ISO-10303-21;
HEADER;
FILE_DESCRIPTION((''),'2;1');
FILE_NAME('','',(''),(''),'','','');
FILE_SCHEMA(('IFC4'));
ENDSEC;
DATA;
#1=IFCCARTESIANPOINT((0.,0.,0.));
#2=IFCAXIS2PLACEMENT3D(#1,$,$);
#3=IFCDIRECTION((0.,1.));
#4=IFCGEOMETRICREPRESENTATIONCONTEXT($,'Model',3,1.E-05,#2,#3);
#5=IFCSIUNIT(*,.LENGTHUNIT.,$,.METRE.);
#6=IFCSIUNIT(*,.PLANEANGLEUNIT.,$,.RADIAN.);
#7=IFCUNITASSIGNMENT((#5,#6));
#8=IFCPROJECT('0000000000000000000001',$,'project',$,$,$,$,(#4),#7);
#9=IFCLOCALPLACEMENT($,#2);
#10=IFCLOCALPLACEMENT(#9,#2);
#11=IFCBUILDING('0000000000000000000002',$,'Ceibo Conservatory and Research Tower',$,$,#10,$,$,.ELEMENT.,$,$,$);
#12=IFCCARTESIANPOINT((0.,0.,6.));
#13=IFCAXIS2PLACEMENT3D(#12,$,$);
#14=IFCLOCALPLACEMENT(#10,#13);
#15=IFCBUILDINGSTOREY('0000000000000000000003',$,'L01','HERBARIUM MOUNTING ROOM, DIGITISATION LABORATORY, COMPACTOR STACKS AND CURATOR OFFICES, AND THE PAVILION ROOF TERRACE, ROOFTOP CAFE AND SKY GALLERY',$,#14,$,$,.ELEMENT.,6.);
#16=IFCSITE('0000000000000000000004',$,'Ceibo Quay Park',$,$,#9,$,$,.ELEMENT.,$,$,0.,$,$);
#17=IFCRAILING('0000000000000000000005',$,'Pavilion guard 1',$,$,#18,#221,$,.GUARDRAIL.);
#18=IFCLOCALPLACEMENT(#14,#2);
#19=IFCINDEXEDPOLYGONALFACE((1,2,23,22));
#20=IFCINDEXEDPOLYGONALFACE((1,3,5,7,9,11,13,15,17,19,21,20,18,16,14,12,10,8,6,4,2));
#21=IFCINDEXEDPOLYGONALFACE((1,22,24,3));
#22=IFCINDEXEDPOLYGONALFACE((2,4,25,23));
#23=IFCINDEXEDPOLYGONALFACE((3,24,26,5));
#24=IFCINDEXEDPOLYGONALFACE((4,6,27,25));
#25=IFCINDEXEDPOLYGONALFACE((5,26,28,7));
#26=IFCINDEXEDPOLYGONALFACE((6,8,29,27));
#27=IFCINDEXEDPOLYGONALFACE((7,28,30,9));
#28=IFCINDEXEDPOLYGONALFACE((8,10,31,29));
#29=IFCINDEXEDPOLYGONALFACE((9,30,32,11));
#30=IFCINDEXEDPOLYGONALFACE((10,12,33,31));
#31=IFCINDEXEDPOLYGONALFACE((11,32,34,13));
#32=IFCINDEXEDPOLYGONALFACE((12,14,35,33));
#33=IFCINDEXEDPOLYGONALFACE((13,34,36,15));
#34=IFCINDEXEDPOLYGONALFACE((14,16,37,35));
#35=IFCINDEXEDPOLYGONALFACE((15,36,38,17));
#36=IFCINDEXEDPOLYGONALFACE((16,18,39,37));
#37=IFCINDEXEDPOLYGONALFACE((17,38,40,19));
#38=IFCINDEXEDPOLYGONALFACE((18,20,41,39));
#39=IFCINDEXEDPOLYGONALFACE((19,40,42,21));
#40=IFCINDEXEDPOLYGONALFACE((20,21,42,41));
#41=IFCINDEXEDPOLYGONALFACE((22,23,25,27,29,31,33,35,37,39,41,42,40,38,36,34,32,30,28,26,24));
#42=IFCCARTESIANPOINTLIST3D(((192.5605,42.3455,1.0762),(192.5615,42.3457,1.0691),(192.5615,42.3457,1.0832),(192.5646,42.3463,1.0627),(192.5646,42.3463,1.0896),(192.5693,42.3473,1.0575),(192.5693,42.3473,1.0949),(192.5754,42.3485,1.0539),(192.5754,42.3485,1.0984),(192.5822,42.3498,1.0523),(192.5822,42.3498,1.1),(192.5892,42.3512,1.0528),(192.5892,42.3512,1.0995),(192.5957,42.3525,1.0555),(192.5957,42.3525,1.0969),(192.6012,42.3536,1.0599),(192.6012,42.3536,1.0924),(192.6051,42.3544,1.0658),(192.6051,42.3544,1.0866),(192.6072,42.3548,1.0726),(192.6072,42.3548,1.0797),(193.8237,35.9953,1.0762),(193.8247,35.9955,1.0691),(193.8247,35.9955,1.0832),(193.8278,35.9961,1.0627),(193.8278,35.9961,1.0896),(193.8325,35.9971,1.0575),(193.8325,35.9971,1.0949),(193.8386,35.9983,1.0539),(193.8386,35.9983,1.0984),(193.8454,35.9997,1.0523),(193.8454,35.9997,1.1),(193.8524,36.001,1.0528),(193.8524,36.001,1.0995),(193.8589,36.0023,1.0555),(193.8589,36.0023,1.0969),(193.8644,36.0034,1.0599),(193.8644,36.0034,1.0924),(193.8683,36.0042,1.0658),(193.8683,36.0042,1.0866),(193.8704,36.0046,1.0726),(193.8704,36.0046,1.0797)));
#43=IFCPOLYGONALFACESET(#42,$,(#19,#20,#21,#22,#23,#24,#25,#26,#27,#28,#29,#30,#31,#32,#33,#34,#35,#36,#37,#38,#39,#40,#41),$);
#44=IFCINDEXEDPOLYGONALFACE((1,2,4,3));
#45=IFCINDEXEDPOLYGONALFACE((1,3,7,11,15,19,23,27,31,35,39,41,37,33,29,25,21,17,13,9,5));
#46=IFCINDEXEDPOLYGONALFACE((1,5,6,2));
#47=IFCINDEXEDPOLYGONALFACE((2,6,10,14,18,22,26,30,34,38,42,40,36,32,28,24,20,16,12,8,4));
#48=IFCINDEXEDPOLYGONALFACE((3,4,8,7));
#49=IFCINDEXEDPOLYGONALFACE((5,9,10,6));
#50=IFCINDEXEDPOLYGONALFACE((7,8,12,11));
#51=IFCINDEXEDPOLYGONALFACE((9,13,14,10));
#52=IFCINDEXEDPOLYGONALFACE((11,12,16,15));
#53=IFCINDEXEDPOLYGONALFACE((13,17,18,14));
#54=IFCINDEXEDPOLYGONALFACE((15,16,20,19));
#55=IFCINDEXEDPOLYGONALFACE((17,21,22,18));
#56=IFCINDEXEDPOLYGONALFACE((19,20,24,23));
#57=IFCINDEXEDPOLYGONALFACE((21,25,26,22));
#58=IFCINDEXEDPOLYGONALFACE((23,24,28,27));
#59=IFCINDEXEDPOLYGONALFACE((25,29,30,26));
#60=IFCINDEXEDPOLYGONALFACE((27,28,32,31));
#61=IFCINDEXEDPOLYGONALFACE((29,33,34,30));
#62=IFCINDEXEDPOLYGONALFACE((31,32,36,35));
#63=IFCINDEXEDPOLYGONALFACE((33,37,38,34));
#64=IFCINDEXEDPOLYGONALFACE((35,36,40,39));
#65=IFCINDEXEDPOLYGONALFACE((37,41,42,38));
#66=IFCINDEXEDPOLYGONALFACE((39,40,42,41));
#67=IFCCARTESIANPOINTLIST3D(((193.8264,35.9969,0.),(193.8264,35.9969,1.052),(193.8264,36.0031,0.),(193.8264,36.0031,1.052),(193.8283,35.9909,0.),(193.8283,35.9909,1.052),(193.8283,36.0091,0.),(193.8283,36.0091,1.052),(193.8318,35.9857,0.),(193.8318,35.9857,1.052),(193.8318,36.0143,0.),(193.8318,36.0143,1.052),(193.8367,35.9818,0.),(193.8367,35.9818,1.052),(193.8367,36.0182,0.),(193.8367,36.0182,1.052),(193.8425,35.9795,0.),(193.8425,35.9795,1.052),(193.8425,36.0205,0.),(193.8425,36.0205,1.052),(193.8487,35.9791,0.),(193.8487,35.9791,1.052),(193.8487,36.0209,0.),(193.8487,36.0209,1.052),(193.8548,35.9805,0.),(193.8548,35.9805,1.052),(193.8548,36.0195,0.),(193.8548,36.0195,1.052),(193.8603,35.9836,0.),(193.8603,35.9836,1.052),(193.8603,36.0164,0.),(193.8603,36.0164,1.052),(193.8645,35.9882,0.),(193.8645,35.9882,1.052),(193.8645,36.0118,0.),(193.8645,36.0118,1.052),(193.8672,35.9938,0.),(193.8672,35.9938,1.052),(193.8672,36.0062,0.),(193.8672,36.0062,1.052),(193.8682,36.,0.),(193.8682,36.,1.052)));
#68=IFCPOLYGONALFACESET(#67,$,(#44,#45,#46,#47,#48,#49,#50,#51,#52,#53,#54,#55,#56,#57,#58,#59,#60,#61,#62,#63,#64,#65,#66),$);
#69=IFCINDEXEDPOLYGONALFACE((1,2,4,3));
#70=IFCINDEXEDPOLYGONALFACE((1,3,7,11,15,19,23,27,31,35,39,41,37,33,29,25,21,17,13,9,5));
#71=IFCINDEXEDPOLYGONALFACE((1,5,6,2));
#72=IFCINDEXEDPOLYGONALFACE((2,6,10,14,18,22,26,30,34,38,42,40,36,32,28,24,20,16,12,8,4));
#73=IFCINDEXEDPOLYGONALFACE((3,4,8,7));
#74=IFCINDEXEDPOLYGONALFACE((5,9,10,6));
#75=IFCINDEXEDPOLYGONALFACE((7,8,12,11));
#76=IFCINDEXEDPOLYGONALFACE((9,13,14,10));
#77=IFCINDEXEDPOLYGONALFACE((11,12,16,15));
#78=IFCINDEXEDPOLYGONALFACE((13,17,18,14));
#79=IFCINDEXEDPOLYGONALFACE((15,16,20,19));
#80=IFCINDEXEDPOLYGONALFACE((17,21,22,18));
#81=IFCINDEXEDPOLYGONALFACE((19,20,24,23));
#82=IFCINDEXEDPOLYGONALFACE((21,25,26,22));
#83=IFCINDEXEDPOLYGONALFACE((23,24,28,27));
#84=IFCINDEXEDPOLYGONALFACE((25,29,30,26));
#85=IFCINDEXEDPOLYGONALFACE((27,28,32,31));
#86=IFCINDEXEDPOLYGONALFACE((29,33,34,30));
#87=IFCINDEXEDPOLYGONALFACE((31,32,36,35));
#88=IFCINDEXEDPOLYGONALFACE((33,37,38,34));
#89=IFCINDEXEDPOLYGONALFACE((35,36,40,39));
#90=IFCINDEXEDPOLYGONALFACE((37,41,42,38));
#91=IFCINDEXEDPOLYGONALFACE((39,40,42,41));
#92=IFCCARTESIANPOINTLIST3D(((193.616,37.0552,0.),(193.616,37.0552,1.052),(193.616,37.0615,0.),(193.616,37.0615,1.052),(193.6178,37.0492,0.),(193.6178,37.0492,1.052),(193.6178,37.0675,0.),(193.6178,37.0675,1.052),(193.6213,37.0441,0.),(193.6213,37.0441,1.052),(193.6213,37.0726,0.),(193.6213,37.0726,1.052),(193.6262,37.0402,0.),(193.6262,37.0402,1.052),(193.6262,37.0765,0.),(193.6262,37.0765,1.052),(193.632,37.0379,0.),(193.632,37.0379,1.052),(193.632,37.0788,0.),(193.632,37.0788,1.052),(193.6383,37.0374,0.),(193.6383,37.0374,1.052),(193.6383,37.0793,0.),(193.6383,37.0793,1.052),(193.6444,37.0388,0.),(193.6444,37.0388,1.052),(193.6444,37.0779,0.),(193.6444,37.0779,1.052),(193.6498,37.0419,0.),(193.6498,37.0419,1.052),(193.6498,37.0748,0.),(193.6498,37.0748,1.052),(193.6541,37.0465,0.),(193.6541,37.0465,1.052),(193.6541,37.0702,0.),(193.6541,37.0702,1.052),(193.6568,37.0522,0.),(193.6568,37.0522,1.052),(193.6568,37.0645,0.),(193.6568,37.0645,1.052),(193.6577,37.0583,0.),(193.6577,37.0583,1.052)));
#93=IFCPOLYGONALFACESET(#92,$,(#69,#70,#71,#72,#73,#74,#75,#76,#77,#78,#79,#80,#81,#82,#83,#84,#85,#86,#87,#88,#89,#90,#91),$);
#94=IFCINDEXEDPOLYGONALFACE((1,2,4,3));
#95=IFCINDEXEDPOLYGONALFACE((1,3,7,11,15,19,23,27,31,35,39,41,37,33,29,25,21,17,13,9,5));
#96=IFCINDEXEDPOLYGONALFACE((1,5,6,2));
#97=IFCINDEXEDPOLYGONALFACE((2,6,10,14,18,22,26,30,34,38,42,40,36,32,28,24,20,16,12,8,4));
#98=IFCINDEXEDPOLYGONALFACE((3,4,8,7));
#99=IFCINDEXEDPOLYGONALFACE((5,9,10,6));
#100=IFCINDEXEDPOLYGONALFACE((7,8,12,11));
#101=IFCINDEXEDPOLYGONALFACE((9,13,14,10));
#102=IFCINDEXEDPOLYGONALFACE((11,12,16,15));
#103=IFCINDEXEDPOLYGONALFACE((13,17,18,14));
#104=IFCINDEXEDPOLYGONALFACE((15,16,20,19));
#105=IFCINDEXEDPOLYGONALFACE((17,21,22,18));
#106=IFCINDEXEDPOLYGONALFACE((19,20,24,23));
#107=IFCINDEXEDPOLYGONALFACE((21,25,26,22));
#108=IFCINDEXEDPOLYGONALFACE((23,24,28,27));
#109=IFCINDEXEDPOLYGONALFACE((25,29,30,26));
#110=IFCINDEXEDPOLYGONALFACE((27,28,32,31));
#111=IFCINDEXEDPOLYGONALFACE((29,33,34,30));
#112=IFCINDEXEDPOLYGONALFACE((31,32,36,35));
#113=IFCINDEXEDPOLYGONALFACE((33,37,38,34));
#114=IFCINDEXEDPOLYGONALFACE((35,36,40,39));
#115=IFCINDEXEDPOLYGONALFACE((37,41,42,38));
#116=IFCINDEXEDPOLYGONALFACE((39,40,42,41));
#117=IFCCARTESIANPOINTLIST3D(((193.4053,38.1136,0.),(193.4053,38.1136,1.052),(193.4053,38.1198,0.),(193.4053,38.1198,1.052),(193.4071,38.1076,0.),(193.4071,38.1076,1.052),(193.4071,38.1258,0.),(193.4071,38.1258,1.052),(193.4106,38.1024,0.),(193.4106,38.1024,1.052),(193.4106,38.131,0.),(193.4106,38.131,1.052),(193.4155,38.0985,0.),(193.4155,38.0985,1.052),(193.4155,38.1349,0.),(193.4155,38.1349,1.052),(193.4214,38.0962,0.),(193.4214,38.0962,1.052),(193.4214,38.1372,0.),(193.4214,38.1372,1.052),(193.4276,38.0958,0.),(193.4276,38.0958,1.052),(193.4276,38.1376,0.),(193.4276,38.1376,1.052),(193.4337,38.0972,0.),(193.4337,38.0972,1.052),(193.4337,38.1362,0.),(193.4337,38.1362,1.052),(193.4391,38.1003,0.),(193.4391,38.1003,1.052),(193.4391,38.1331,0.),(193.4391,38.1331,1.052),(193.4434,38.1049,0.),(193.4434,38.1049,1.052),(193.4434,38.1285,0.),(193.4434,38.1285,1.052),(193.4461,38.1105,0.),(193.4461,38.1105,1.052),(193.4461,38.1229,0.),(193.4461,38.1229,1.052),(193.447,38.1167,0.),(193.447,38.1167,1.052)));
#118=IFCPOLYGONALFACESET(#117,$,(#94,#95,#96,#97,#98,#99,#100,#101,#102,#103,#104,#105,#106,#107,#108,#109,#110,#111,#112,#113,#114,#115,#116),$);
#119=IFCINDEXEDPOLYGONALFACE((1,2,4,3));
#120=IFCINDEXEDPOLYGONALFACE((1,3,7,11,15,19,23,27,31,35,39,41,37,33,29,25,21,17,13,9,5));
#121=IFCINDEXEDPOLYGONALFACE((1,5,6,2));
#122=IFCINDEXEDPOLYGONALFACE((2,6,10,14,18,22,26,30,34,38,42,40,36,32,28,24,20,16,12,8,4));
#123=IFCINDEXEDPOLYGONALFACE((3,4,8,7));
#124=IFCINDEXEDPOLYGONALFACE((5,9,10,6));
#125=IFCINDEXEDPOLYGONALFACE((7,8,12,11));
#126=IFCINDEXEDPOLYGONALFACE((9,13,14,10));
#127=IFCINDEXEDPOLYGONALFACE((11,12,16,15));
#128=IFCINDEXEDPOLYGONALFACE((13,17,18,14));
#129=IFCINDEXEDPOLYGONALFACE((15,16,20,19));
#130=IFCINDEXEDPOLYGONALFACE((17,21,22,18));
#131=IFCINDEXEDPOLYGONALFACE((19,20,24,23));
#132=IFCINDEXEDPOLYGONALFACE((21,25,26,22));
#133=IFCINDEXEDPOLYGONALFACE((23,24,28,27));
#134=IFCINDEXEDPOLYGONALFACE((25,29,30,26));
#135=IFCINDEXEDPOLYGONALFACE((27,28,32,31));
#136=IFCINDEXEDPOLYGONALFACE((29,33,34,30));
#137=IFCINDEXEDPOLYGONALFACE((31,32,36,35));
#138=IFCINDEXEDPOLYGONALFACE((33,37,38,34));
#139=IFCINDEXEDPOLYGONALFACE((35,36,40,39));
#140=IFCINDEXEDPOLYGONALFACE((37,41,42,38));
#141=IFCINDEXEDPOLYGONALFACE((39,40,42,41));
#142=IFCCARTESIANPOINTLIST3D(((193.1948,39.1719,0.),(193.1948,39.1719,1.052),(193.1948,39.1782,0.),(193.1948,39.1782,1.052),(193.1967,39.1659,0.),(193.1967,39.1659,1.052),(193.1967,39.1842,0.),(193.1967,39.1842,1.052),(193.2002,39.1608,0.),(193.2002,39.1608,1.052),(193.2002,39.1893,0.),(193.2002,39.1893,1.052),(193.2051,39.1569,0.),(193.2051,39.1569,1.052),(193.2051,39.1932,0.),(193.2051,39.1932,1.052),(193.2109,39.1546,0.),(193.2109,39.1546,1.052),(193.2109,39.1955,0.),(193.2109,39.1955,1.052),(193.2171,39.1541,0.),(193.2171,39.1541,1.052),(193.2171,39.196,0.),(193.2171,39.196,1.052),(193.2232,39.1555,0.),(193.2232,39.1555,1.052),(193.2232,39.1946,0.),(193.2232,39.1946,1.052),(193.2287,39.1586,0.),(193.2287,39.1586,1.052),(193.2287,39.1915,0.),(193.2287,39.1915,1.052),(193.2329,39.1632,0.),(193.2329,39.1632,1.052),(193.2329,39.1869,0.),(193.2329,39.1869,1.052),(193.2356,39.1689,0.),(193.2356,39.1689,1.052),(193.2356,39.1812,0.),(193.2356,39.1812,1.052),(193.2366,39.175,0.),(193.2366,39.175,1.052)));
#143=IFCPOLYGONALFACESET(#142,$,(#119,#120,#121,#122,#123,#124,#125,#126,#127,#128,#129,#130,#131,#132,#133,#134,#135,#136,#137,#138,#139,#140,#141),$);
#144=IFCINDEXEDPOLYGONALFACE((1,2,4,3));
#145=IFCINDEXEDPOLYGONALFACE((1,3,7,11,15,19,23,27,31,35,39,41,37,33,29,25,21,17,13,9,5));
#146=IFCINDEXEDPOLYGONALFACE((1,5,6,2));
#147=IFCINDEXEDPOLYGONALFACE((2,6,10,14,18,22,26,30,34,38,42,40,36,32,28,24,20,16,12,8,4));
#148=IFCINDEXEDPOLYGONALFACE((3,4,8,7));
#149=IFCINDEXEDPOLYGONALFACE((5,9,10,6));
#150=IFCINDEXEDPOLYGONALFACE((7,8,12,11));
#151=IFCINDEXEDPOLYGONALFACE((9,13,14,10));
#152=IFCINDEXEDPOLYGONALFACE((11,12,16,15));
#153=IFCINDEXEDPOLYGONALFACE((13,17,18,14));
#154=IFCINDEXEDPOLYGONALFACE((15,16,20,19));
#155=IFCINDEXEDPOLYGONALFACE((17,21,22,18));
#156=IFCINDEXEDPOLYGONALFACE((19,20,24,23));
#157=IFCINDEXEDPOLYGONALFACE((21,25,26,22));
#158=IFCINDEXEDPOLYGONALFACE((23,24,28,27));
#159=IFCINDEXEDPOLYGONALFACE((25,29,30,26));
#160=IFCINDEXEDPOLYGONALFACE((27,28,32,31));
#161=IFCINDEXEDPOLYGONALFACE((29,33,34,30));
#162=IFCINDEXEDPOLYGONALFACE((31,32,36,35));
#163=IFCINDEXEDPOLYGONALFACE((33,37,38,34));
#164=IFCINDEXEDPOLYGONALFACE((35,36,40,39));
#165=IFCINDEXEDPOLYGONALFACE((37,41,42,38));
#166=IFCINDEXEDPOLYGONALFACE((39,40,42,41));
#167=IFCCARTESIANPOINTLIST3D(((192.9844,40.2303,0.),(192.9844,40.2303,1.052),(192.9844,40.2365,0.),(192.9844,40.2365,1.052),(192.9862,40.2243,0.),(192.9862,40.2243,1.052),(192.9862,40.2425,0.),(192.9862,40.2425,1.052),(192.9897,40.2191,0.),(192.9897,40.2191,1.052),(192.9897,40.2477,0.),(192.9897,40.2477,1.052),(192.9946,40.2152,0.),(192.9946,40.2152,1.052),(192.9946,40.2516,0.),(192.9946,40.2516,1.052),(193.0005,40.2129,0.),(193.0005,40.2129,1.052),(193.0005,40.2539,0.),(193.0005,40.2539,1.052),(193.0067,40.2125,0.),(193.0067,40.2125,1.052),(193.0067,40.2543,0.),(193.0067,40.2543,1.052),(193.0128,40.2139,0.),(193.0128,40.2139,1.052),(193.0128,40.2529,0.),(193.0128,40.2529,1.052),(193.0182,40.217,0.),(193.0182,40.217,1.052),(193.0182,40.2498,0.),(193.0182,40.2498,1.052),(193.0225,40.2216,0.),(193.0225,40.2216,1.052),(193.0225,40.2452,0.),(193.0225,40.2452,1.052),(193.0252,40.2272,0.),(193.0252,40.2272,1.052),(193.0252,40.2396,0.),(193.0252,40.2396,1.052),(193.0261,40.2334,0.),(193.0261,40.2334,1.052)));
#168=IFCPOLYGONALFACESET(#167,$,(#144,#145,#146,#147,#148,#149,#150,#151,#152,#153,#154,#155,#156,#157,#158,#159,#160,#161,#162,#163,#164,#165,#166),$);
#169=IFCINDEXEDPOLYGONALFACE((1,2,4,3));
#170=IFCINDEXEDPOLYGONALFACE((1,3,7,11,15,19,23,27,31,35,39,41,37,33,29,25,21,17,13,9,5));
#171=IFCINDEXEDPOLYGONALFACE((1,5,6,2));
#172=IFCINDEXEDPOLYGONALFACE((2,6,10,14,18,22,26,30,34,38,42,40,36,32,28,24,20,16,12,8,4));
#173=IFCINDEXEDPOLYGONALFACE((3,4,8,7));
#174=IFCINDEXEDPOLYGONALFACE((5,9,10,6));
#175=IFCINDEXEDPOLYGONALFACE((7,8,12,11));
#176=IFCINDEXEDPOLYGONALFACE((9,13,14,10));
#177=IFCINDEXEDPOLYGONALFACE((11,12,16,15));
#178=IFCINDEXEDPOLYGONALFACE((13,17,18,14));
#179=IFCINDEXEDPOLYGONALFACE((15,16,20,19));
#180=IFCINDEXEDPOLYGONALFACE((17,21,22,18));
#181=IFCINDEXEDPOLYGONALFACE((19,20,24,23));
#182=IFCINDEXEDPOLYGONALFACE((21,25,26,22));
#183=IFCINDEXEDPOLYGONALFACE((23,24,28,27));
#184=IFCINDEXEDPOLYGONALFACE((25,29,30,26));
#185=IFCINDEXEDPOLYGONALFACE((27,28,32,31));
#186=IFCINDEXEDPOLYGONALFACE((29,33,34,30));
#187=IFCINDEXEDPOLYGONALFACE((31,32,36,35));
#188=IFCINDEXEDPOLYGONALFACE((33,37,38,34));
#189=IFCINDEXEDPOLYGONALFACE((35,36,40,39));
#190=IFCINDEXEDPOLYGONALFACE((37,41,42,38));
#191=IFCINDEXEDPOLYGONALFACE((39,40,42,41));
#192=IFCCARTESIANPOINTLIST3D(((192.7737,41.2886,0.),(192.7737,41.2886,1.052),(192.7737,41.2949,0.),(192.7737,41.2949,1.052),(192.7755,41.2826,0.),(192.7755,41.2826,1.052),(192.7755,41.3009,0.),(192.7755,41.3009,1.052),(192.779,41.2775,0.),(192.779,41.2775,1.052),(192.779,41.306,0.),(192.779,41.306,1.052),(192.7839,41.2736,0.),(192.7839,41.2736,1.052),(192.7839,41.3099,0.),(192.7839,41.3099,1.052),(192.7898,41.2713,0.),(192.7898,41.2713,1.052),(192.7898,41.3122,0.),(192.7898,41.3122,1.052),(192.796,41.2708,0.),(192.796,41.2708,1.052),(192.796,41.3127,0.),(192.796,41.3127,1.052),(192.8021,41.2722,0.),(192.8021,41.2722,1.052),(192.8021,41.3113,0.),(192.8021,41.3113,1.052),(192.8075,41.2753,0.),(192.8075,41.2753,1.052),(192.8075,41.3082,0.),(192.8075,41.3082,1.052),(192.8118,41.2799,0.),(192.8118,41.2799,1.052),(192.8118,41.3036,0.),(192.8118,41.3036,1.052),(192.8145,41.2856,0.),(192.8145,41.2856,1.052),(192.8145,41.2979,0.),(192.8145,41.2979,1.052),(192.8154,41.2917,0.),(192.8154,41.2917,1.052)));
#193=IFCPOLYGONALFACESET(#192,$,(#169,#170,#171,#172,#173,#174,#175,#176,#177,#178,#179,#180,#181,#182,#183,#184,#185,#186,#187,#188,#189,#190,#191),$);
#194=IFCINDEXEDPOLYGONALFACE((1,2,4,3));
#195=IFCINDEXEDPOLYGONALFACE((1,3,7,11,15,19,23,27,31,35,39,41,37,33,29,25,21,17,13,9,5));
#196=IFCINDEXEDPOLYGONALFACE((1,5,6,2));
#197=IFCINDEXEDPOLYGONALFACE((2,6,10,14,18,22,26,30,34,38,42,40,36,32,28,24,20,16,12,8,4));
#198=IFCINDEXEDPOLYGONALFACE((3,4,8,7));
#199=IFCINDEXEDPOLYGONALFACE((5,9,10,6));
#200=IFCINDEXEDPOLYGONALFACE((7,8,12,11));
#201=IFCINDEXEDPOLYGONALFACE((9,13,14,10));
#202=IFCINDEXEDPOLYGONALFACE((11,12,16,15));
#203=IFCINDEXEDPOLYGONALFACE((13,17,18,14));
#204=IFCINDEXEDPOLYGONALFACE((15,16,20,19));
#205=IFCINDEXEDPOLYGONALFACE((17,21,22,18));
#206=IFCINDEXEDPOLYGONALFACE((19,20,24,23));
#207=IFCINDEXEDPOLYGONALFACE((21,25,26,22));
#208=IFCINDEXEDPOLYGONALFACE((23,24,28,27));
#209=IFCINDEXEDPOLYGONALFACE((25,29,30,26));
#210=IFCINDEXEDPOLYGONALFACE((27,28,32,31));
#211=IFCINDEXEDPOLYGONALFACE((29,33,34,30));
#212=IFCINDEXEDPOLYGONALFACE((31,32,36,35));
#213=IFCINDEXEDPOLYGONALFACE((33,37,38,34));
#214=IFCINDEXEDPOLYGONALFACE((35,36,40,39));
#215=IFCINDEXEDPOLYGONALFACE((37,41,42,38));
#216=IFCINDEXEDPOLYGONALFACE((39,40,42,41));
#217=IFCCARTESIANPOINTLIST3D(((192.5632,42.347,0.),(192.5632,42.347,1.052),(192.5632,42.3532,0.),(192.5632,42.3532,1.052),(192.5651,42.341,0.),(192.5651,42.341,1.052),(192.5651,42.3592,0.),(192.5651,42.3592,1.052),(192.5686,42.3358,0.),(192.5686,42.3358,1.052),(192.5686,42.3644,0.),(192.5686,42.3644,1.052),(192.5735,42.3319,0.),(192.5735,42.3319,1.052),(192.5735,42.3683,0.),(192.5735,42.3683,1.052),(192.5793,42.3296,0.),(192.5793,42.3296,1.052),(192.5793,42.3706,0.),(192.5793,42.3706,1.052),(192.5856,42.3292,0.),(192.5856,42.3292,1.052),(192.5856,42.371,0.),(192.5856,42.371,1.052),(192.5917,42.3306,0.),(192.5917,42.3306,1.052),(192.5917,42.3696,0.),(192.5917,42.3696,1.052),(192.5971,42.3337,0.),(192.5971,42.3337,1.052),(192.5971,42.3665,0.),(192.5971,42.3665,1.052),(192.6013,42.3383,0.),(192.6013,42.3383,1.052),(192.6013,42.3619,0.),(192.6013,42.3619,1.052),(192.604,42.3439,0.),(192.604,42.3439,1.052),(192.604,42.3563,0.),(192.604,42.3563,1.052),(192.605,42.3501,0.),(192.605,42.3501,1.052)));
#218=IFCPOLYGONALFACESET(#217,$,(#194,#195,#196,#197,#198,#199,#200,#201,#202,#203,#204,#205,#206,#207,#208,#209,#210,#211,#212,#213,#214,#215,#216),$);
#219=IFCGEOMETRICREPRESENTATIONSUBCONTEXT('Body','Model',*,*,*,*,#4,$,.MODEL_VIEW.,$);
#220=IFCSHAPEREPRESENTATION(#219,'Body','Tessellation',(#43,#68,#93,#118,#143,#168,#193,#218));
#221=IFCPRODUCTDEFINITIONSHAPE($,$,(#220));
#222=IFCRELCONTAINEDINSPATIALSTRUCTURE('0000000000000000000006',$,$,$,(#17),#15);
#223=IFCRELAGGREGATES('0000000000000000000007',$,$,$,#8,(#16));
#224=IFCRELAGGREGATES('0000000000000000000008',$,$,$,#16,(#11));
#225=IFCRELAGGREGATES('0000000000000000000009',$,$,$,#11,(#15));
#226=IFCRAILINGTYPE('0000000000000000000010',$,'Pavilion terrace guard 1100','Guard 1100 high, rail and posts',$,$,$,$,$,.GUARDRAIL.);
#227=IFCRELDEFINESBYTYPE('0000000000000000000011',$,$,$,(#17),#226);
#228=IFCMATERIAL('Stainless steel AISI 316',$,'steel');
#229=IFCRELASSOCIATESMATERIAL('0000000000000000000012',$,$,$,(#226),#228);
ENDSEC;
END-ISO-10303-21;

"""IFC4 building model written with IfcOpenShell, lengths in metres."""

from ifc_helpers import new_model, si_unit, direction, frame, origin, origin_2d, place, context, subcontext, project, spatial, circle, extrude, material, type_object, element, save


model = new_model("IFC4")

# Units and contexts
model_context = context("Model", 3, precision=1e-05, world=origin(), true_north=direction((0.0, 1.0)))
body_context = subcontext(model_context, "Body", "Model", "MODEL_VIEW")
ifc_project = project(units=[si_unit("LENGTHUNIT", "METRE"), si_unit("PLANEANGLEUNIT", "RADIAN")], contexts=[model_context])

# Site, building, storey
site_placement = place(None, origin())
site = spatial("IfcSite", under=ifc_project, at=site_placement, Name="Ceibo Quay Park", CompositionType="ELEMENT", RefElevation=0.0)
building_placement = place(site_placement, origin())
building = spatial("IfcBuilding", under=site, at=building_placement, Name="Ceibo Conservatory and Research Tower", CompositionType="ELEMENT")
storey_placement = place(building_placement, frame((0.0, 0.0, 6.0)))
storey = spatial("IfcBuildingStorey", under=building, at=storey_placement, Name="L01", Description="HERBARIUM MOUNTING ROOM, DIGITISATION LABORATORY, COMPACTOR STACKS AND CURATOR OFFICES, AND THE PAVILION ROOF TERRACE, ROOFTOP CAFE AND SKY GALLERY", CompositionType="ELEMENT", Elevation=6.0)

# Railing
ifc_material_1 = material(Name="Stainless steel AISI 316", Category="steel")
railing_type = type_object("IfcRailingType", Name="Pavilion terrace guard 1100", Description="Guard 1100 high, rail and posts", PredefinedType="GUARDRAIL", material=ifc_material_1)
railing_1_placement = place(storey_placement, frame((193.8472, 36.0, 0.0)))
element("IfcRailing", 1, at=railing_1_placement, inside=storey, type_object=railing_type, Name="Pavilion guard 1", PredefinedType="GUARDRAIL", context=body_context, shape_type="SweptSolid", body=[
    extrude(circle(Radius=0.0239, at=origin_2d()), frame((0.0, 0.0, 1.0762), z_axis=(-0.195101, 0.980783, 0.0), x_axis=(-0.980783, -0.195101, 0.0)), (0.0, 0.0, 1.0), 6.4746),
    extrude(circle(Radius=0.021, at=origin_2d()), origin(), (0.0, 0.0, 1.0), 1.052),
    extrude(circle(Radius=0.021, at=origin_2d()), frame((-0.2104, 1.0583, 0.0)), (0.0, 0.0, 1.0), 1.052),
    extrude(circle(Radius=0.021, at=origin_2d()), frame((-0.4211, 2.1167, 0.0)), (0.0, 0.0, 1.0), 1.052),
    extrude(circle(Radius=0.021, at=origin_2d()), frame((-0.6316, 3.175, 0.0)), (0.0, 0.0, 1.0), 1.052),
    extrude(circle(Radius=0.021, at=origin_2d()), frame((-0.842, 4.2334, 0.0)), (0.0, 0.0, 1.0), 1.052),
    extrude(circle(Radius=0.021, at=origin_2d()), frame((-1.0527, 5.2917, 0.0)), (0.0, 0.0, 1.0), 1.052),
    extrude(circle(Radius=0.021, at=origin_2d()), frame((-1.2632, 6.3501, 0.0)), (0.0, 0.0, 1.0), 1.052),
])

save(model, "model.ifc")
